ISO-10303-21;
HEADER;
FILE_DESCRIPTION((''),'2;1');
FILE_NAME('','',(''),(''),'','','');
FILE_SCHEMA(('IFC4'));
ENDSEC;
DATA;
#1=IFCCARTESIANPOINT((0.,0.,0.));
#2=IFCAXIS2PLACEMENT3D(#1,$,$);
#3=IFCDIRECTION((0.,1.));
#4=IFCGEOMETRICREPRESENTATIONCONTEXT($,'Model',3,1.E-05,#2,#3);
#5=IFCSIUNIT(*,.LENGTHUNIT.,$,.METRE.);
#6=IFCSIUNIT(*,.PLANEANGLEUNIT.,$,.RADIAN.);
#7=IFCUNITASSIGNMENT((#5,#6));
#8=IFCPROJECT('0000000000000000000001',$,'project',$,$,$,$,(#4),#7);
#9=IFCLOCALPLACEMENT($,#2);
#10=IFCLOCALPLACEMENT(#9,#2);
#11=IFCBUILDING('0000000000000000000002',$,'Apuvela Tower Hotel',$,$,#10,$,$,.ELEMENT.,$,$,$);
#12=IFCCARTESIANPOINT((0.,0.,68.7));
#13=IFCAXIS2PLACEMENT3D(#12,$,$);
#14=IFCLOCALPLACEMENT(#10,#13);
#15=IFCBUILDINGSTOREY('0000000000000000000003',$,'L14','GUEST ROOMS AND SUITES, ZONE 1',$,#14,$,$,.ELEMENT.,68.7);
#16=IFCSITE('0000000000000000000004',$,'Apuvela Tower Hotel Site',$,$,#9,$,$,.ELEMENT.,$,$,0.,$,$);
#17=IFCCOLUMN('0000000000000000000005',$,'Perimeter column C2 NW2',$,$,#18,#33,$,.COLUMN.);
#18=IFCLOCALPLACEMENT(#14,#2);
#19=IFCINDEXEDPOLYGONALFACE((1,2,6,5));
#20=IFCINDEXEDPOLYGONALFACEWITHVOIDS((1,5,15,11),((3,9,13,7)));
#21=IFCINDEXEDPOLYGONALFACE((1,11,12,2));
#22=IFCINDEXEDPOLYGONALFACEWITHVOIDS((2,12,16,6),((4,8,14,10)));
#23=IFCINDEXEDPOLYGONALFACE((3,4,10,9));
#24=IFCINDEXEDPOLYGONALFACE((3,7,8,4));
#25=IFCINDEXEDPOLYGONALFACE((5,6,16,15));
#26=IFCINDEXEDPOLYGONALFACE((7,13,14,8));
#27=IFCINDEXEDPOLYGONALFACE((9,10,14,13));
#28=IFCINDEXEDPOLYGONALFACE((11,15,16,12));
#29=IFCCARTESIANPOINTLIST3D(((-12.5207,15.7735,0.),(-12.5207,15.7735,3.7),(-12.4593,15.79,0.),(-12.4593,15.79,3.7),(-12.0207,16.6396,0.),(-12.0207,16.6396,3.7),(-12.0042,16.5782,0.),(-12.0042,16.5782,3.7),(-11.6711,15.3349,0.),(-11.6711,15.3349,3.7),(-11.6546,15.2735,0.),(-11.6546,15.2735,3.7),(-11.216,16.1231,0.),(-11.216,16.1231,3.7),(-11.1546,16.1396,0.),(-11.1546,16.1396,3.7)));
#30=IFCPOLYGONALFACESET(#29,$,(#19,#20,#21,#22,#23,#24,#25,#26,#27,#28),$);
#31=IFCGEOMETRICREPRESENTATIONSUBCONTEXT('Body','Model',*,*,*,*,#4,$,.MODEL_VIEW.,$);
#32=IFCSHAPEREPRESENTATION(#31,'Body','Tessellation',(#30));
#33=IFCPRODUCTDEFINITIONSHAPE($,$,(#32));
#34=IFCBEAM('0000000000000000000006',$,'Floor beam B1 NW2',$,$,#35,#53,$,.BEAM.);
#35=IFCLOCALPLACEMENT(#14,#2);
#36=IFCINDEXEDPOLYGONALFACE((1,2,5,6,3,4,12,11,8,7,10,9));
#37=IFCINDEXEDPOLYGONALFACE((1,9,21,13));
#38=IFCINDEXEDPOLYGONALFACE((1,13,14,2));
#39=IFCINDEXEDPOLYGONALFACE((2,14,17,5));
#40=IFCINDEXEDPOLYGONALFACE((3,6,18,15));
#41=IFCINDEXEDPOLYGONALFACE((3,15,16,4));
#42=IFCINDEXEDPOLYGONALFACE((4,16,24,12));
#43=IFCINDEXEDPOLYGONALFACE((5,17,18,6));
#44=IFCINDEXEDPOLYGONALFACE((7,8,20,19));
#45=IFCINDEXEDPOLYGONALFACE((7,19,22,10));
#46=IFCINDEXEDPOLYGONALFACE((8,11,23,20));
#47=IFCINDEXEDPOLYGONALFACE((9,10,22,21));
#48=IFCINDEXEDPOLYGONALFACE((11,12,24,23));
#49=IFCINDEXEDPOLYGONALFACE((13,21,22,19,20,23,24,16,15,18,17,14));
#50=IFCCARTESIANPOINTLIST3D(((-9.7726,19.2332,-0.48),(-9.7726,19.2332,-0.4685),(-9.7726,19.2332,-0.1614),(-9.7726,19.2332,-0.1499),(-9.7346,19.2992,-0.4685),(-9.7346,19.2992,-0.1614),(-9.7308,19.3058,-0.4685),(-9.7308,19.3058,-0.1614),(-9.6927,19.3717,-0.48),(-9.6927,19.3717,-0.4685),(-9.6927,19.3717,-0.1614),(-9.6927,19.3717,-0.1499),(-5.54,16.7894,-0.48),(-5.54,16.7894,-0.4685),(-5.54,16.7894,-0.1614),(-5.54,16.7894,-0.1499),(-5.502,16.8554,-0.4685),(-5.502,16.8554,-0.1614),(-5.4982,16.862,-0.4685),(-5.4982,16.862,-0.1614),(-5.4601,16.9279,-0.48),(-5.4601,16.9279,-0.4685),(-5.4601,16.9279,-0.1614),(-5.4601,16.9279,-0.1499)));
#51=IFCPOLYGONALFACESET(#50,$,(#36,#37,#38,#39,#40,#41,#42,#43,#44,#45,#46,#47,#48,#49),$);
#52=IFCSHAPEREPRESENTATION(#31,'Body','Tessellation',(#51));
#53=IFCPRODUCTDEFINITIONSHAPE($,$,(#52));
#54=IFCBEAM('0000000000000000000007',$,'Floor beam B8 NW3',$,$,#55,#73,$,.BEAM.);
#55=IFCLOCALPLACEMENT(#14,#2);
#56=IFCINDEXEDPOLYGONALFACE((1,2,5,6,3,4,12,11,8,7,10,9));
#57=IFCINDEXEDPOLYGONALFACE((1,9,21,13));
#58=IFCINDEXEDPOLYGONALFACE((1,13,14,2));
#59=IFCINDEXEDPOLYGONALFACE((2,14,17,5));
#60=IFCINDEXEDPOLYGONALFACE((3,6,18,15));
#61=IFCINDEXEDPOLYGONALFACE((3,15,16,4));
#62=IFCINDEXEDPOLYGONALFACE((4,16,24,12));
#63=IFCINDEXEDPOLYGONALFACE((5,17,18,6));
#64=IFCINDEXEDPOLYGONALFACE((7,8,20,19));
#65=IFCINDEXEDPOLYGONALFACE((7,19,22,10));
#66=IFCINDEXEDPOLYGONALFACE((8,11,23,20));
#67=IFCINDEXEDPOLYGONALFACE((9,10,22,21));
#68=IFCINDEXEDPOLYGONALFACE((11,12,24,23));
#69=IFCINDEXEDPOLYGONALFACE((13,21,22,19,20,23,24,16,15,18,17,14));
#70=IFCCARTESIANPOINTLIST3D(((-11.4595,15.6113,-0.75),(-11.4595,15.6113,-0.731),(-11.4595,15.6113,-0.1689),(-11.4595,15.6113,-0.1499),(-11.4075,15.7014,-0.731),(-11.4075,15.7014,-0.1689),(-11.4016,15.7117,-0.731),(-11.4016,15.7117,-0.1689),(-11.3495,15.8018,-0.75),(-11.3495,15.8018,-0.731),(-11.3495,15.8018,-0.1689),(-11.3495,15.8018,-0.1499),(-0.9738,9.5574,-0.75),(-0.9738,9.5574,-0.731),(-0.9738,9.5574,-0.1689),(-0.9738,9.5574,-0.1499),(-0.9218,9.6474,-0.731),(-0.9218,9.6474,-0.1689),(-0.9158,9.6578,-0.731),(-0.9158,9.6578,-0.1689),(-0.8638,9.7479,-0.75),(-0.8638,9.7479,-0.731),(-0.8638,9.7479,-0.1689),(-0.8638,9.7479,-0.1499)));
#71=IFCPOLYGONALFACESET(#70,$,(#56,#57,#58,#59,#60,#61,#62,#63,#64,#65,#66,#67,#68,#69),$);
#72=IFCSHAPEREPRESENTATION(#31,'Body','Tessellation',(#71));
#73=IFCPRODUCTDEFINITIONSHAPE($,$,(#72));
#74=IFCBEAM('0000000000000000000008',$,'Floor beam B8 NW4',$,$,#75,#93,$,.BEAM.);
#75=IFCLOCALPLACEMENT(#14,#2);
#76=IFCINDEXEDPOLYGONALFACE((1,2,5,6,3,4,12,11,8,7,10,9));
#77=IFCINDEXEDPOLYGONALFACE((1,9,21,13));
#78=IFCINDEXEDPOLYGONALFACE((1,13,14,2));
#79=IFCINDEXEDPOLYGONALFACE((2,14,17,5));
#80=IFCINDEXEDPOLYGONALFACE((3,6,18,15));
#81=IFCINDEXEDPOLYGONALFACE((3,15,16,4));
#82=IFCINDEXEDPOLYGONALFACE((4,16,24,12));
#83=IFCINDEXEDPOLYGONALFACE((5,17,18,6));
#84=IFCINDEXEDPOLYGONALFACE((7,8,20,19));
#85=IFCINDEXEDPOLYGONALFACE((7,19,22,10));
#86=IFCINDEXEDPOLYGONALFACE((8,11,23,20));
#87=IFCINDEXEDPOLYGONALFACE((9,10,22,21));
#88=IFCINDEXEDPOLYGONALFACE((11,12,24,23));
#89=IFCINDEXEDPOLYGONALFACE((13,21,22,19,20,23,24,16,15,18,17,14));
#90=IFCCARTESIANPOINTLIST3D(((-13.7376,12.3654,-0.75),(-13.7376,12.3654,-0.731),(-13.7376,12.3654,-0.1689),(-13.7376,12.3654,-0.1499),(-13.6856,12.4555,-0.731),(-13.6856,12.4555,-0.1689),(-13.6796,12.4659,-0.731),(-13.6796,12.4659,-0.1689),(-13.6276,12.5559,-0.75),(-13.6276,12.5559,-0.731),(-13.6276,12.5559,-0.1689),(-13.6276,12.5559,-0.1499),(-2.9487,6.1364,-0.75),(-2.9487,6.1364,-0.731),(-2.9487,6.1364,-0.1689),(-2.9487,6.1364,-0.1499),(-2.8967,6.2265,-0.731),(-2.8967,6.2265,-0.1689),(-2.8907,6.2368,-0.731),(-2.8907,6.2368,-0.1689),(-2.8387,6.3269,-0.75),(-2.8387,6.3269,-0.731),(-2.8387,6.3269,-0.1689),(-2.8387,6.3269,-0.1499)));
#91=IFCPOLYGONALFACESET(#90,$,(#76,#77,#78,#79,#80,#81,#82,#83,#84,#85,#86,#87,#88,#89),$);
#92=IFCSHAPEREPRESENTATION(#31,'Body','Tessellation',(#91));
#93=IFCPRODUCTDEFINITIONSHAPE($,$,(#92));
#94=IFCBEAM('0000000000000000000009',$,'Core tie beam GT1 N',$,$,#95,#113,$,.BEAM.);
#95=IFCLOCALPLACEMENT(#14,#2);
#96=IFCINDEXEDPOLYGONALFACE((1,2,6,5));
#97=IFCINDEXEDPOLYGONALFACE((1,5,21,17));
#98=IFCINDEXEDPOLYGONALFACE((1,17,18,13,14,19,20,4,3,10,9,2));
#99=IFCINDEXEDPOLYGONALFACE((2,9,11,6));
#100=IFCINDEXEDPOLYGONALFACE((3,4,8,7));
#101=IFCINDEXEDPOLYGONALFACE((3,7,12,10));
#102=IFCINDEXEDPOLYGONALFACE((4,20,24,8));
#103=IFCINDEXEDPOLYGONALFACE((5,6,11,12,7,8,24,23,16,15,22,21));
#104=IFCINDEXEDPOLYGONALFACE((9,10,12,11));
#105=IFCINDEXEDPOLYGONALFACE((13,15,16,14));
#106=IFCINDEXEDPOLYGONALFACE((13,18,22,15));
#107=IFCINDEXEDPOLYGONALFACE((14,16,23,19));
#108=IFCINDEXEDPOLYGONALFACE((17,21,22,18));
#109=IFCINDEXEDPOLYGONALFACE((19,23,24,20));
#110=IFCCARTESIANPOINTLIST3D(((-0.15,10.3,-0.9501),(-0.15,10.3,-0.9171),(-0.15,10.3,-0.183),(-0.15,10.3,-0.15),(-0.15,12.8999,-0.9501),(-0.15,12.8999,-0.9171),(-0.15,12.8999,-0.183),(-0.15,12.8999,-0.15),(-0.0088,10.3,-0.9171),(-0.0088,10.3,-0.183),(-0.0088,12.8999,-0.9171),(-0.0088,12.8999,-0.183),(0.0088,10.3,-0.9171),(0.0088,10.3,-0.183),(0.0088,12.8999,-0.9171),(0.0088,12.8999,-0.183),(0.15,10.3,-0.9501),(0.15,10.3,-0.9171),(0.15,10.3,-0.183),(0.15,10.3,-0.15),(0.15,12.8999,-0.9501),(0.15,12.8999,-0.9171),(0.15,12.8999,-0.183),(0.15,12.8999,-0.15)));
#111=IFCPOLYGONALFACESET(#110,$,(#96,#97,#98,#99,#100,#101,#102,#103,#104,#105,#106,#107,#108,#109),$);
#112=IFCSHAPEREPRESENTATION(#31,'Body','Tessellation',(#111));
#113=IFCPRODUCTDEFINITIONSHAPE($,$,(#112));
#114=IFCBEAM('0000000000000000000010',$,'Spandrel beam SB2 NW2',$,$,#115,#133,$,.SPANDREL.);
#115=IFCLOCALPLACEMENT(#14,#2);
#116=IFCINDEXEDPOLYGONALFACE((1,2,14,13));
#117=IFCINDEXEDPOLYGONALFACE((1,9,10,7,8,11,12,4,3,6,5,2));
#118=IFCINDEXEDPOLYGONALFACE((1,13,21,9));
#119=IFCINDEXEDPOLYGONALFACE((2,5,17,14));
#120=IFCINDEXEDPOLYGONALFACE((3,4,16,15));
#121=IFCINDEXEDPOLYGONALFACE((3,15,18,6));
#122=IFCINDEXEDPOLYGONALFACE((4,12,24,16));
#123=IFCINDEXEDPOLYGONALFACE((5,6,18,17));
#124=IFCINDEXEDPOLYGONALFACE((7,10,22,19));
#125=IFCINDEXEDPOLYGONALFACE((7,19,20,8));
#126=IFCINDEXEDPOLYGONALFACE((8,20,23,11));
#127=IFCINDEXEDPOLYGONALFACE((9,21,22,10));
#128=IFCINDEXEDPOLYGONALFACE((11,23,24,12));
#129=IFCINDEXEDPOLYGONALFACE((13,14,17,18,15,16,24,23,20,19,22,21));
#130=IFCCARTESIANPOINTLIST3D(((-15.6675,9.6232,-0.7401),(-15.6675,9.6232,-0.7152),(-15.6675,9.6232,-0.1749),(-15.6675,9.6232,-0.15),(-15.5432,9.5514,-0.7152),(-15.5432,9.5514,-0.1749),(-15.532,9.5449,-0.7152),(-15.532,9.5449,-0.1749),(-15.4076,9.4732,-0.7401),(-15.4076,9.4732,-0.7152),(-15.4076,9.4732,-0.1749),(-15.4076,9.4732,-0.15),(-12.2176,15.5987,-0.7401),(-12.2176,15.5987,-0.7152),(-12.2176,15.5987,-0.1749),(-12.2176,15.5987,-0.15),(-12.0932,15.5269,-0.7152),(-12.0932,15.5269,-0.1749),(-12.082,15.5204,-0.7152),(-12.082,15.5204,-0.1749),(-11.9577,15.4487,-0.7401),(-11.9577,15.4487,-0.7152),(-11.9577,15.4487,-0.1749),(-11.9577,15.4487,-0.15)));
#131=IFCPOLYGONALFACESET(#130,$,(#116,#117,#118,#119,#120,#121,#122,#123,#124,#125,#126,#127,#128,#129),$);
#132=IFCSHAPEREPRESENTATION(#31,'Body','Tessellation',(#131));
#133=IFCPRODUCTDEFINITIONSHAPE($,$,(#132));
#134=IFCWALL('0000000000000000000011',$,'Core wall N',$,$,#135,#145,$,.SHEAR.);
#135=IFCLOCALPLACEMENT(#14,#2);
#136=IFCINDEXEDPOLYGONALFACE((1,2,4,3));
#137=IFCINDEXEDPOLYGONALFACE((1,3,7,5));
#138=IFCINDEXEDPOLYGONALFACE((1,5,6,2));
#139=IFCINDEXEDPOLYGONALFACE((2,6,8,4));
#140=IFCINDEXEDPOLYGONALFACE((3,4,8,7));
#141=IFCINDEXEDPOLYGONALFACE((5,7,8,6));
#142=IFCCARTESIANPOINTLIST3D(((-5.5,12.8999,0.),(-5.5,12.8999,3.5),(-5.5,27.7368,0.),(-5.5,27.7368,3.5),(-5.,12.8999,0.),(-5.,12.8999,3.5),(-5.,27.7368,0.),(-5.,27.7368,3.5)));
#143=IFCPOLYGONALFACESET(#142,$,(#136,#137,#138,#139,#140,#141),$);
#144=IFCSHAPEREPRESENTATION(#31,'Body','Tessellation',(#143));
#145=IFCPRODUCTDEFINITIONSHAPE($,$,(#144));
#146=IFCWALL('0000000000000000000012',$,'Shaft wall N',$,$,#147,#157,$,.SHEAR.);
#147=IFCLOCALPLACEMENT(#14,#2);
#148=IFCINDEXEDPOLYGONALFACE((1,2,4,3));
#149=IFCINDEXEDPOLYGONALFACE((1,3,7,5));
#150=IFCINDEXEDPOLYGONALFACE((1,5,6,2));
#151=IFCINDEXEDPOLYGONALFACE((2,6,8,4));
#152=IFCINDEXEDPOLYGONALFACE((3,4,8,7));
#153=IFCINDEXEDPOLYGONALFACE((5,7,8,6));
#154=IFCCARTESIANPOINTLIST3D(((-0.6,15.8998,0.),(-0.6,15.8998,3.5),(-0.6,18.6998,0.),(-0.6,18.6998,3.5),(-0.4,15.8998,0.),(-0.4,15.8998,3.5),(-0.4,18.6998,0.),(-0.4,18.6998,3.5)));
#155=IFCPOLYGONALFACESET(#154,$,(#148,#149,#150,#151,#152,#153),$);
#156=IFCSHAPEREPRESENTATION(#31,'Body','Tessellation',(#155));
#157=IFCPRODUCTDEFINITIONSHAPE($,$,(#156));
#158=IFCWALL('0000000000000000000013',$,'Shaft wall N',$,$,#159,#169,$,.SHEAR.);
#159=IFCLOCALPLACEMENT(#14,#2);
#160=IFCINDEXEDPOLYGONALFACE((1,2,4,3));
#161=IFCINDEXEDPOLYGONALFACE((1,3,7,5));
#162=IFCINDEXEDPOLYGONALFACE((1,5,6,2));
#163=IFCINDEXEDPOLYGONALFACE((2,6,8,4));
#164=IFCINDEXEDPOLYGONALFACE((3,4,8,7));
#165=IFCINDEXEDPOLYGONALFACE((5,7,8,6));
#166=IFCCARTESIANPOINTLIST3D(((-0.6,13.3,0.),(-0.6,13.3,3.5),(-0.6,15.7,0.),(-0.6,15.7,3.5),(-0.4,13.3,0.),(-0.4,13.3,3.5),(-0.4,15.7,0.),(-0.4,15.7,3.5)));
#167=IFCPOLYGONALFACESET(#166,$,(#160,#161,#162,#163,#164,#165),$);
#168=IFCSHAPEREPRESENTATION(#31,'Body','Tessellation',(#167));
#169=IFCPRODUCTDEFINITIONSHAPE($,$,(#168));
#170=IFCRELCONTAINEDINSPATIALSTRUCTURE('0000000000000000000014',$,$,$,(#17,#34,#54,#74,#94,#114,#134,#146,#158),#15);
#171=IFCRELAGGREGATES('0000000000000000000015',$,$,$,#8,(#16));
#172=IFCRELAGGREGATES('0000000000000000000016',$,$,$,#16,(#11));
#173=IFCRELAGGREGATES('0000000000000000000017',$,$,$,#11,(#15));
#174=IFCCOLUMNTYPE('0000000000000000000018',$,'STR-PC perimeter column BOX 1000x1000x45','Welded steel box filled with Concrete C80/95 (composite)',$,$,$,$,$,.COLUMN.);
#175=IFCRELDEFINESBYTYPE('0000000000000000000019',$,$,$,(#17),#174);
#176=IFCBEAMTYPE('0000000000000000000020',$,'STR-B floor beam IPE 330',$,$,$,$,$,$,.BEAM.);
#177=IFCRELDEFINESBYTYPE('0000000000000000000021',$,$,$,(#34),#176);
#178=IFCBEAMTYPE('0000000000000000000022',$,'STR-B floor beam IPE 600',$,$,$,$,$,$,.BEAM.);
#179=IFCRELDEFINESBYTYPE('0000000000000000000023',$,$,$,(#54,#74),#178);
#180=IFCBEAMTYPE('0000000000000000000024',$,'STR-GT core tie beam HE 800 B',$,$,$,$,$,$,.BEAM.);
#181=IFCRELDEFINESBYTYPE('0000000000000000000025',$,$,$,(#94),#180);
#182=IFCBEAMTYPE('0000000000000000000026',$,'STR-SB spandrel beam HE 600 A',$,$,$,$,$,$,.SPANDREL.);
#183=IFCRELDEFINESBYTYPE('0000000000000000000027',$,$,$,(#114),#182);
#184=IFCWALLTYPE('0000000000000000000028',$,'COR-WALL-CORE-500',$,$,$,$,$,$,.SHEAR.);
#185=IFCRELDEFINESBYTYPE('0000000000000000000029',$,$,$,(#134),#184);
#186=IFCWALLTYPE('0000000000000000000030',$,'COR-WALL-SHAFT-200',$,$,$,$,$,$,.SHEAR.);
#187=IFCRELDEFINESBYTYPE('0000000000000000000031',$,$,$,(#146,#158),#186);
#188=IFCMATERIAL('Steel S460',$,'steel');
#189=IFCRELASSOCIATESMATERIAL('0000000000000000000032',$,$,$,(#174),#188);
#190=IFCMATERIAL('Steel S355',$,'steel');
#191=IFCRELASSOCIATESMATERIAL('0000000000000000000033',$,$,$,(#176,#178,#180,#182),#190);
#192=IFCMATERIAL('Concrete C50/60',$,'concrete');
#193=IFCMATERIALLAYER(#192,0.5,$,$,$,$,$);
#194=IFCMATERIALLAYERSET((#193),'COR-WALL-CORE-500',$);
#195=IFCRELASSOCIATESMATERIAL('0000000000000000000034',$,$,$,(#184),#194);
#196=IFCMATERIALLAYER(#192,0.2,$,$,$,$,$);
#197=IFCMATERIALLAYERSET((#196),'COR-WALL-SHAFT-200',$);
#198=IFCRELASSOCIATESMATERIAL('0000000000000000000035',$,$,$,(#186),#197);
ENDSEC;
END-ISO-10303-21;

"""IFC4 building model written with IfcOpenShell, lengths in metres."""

from ifc_helpers import new_model, si_unit, direction, frame, frame_2d, origin, origin_2d, place, context, subcontext, project, spatial, rectangle, hollow_rectangle, i_section, extrude, material, layer, layer_set, material_profile, profile_set, type_object, element, save


model = new_model("IFC4")

# Units and contexts
model_context = context("Model", 3, precision=1e-05, world=origin(), true_north=direction((0.0, 1.0)))
body_context = subcontext(model_context, "Body", "Model", "MODEL_VIEW")
ifc_project = project(units=[si_unit("LENGTHUNIT", "METRE"), si_unit("PLANEANGLEUNIT", "RADIAN")], contexts=[model_context])

# Site, building, storey
site_placement = place(None, origin())
site = spatial("IfcSite", under=ifc_project, at=site_placement, Name="Apuvela Tower Hotel Site", CompositionType="ELEMENT", RefElevation=0.0)
building_placement = place(site_placement, origin())
building = spatial("IfcBuilding", under=site, at=building_placement, Name="Apuvela Tower Hotel", CompositionType="ELEMENT")
storey_placement = place(building_placement, frame((0.0, 0.0, 68.7)))
storey = spatial("IfcBuildingStorey", under=building, at=storey_placement, Name="L14", Description="GUEST ROOMS AND SUITES, ZONE 1", CompositionType="ELEMENT", Elevation=68.7)

# Column
ifc_material_1 = material(Name="Steel S460", Category="steel")
ifc_material_profile_1 = material_profile(ifc_material_1, hollow_rectangle(XDim=1.0, YDim=1.0, WallThickness=0.0449, at=origin_2d()), Name="BOX 1000x1000x45")
ifc_material_2 = material(Name="Concrete C80/95", Category="concrete")
ifc_material_profile_2 = material_profile(ifc_material_2, rectangle(XDim=0.9099, YDim=0.9099, at=origin_2d()), Name="Concrete C80/95 infill")
ifc_profile_set_1 = profile_set([ifc_material_profile_1, ifc_material_profile_2], Name="Steel S460")
column_type = type_object("IfcColumnType", Name="STR-PC perimeter column BOX 1000x1000x45", Description="Welded steel box filled with Concrete C80/95 (composite)", PredefinedType="COLUMN", material=ifc_profile_set_1)
column_placement = place(storey_placement, frame((-11.8376, 15.9565, 0.0), z_axis=(0.0, 0.0, 1.0), x_axis=(0.5, 0.866025, 0.0)))
element("IfcColumn", 1, at=column_placement, inside=storey, type_object=column_type, Name="Perimeter column C2 NW2", PredefinedType="COLUMN", context=body_context, shape_type="SweptSolid", body=[
    extrude(hollow_rectangle(XDim=1.0, YDim=1.0, WallThickness=0.0449, at=origin_2d()), origin(), (0.0, 0.0, 1.0), 3.7),
])

# Beams
ifc_material_3 = material(Name="Steel S355", Category="steel")
ifc_material_profile_3 = material_profile(ifc_material_3, i_section(OverallWidth=0.1599, OverallDepth=0.3301, WebThickness=0.0076, FlangeThickness=0.0115, at=origin_2d()), Name="IPE 330")
ifc_profile_set_2 = profile_set([ifc_material_profile_3], Name="Steel S355")
beam_type_1 = type_object("IfcBeamType", Name="STR-B floor beam IPE 330", PredefinedType="BEAM", material=ifc_profile_set_2)
beam_1_placement = place(storey_placement, frame((-9.7327, 19.3025, -0.3149), z_axis=(0.866015, -0.500018, 0.0), x_axis=(0.500018, 0.866015, 0.0)))
element("IfcBeam", 2, at=beam_1_placement, inside=storey, type_object=beam_type_1, Name="Floor beam B1 NW2", PredefinedType="BEAM", context=body_context, shape_type="SweptSolid", body=[
    extrude(i_section(OverallWidth=0.1599, OverallDepth=0.3301, WebThickness=0.0076, FlangeThickness=0.0115, at=origin_2d()), origin(), (0.0, 0.0, 1.0), 4.8875),
])
ifc_material_profile_4 = material_profile(ifc_material_3, i_section(OverallWidth=0.22, OverallDepth=0.6001, WebThickness=0.012, FlangeThickness=0.019, at=origin_2d()), Name="IPE 600")
ifc_profile_set_3 = profile_set([ifc_material_profile_4], Name="Steel S355")
beam_type_2 = type_object("IfcBeamType", Name="STR-B floor beam IPE 600", PredefinedType="BEAM", material=ifc_profile_set_3)
beam_2_placement = place(storey_placement, frame((-11.4045, 15.7065, -0.45), z_axis=(0.866027, -0.499997, 0.0), x_axis=(0.499997, 0.866027, 0.0)))
element("IfcBeam", 3, at=beam_2_placement, inside=storey, type_object=beam_type_2, Name="Floor beam B8 NW3", PredefinedType="BEAM", context=body_context, shape_type="SweptSolid", body=[
    extrude(i_section(OverallWidth=0.22, OverallDepth=0.6001, WebThickness=0.012, FlangeThickness=0.019, at=origin_2d()), origin(), (0.0, 0.0, 1.0), 12.1079),
])
beam_3_placement = place(storey_placement, frame((-13.6826, 12.4607, -0.45), z_axis=(0.866023, -0.500005, 0.0), x_axis=(0.500005, 0.866023, 0.0)))
element("IfcBeam", 4, at=beam_3_placement, inside=storey, type_object=beam_type_2, Name="Floor beam B8 NW4", PredefinedType="BEAM", context=body_context, shape_type="SweptSolid", body=[
    extrude(i_section(OverallWidth=0.22, OverallDepth=0.6001, WebThickness=0.012, FlangeThickness=0.019, at=origin_2d()), origin(), (0.0, 0.0, 1.0), 12.458),
])
ifc_material_profile_5 = material_profile(ifc_material_3, i_section(OverallWidth=0.3, OverallDepth=0.8, WebThickness=0.0176, FlangeThickness=0.033, at=origin_2d()), Name="HE 800 B")
ifc_profile_set_4 = profile_set([ifc_material_profile_5], Name="Steel S355")
beam_type_3 = type_object("IfcBeamType", Name="STR-GT core tie beam HE 800 B", PredefinedType="BEAM", material=ifc_profile_set_4)
beam_4_placement = place(storey_placement, frame((0.0, 12.8999, -0.55), z_axis=(0.0, -1.0, 0.0), x_axis=(1.0, 0.0, 0.0)))
element("IfcBeam", 5, at=beam_4_placement, inside=storey, type_object=beam_type_3, Name="Core tie beam GT1 N", PredefinedType="BEAM", context=body_context, shape_type="SweptSolid", body=[
    extrude(i_section(OverallWidth=0.3, OverallDepth=0.8, WebThickness=0.0176, FlangeThickness=0.033, at=origin_2d()), origin(), (0.0, 0.0, 1.0), 2.5999),
])
ifc_material_profile_6 = material_profile(ifc_material_3, i_section(OverallWidth=0.3, OverallDepth=0.5901, WebThickness=0.0129, FlangeThickness=0.0249, at=origin_2d()), Name="HE 600 A")
ifc_profile_set_5 = profile_set([ifc_material_profile_6], Name="Steel S355")
beam_type_4 = type_object("IfcBeamType", Name="STR-SB spandrel beam HE 600 A", PredefinedType="SPANDREL", material=ifc_profile_set_5)
beam_5_placement = place(storey_placement, frame((-12.0876, 15.5237, -0.4451), z_axis=(-0.499994, -0.866029, 0.0), x_axis=(0.866029, -0.499994, 0.0)))
element("IfcBeam", 6, at=beam_5_placement, inside=storey, type_object=beam_type_4, Name="Spandrel beam SB2 NW2", PredefinedType="SPANDREL", context=body_context, shape_type="SweptSolid", body=[
    extrude(i_section(OverallWidth=0.3, OverallDepth=0.5901, WebThickness=0.0129, FlangeThickness=0.0249, at=origin_2d()), origin(), (0.0, 0.0, 1.0), 6.8999),
])

# Walls
ifc_material_4 = material(Name="Concrete C50/60", Category="concrete")
ifc_layer_1 = layer(ifc_material_4, 0.5)
ifc_layer_set_1 = layer_set([ifc_layer_1], Name="COR-WALL-CORE-500")
wall_type_1 = type_object("IfcWallType", Name="COR-WALL-CORE-500", PredefinedType="SHEAR", material=ifc_layer_set_1)
wall_1_placement = place(storey_placement, frame((-5.25, 12.8999, 0.0), z_axis=(0.0, 0.0, 1.0), x_axis=(0.0, 1.0, 0.0)))
element("IfcWall", 7, at=wall_1_placement, inside=storey, type_object=wall_type_1, Name="Core wall N", PredefinedType="SHEAR", context=body_context, shape_type="SweptSolid", body=[
    extrude(rectangle(XDim=14.8369, YDim=0.5, at=frame_2d((7.4185, 0.0))), origin(), (0.0, 0.0, 1.0), 3.5),
])
ifc_layer_2 = layer(ifc_material_4, 0.2)
ifc_layer_set_2 = layer_set([ifc_layer_2], Name="COR-WALL-SHAFT-200")
wall_type_2 = type_object("IfcWallType", Name="COR-WALL-SHAFT-200", PredefinedType="SHEAR", material=ifc_layer_set_2)
wall_2_placement = place(storey_placement, frame((-0.5, 15.8999, 0.0), z_axis=(0.0, 0.0, 1.0), x_axis=(0.0, 1.0, 0.0)))
element("IfcWall", 8, at=wall_2_placement, inside=storey, type_object=wall_type_2, Name="Shaft wall N", PredefinedType="SHEAR", context=body_context, shape_type="SweptSolid", body=[
    extrude(rectangle(XDim=2.8, YDim=0.2, at=frame_2d((1.3999, 0.0))), origin(), (0.0, 0.0, 1.0), 3.5),
])
wall_3_placement = place(storey_placement, frame((-0.5, 13.3, 0.0), z_axis=(0.0, 0.0, 1.0), x_axis=(0.0, 1.0, 0.0)))
element("IfcWall", 9, at=wall_3_placement, inside=storey, type_object=wall_type_2, Name="Shaft wall N", PredefinedType="SHEAR", context=body_context, shape_type="SweptSolid", body=[
    extrude(rectangle(XDim=2.3999, YDim=0.2, at=frame_2d((1.2, 0.0))), origin(), (0.0, 0.0, 1.0), 3.5),
])

save(model, "model.ifc")
